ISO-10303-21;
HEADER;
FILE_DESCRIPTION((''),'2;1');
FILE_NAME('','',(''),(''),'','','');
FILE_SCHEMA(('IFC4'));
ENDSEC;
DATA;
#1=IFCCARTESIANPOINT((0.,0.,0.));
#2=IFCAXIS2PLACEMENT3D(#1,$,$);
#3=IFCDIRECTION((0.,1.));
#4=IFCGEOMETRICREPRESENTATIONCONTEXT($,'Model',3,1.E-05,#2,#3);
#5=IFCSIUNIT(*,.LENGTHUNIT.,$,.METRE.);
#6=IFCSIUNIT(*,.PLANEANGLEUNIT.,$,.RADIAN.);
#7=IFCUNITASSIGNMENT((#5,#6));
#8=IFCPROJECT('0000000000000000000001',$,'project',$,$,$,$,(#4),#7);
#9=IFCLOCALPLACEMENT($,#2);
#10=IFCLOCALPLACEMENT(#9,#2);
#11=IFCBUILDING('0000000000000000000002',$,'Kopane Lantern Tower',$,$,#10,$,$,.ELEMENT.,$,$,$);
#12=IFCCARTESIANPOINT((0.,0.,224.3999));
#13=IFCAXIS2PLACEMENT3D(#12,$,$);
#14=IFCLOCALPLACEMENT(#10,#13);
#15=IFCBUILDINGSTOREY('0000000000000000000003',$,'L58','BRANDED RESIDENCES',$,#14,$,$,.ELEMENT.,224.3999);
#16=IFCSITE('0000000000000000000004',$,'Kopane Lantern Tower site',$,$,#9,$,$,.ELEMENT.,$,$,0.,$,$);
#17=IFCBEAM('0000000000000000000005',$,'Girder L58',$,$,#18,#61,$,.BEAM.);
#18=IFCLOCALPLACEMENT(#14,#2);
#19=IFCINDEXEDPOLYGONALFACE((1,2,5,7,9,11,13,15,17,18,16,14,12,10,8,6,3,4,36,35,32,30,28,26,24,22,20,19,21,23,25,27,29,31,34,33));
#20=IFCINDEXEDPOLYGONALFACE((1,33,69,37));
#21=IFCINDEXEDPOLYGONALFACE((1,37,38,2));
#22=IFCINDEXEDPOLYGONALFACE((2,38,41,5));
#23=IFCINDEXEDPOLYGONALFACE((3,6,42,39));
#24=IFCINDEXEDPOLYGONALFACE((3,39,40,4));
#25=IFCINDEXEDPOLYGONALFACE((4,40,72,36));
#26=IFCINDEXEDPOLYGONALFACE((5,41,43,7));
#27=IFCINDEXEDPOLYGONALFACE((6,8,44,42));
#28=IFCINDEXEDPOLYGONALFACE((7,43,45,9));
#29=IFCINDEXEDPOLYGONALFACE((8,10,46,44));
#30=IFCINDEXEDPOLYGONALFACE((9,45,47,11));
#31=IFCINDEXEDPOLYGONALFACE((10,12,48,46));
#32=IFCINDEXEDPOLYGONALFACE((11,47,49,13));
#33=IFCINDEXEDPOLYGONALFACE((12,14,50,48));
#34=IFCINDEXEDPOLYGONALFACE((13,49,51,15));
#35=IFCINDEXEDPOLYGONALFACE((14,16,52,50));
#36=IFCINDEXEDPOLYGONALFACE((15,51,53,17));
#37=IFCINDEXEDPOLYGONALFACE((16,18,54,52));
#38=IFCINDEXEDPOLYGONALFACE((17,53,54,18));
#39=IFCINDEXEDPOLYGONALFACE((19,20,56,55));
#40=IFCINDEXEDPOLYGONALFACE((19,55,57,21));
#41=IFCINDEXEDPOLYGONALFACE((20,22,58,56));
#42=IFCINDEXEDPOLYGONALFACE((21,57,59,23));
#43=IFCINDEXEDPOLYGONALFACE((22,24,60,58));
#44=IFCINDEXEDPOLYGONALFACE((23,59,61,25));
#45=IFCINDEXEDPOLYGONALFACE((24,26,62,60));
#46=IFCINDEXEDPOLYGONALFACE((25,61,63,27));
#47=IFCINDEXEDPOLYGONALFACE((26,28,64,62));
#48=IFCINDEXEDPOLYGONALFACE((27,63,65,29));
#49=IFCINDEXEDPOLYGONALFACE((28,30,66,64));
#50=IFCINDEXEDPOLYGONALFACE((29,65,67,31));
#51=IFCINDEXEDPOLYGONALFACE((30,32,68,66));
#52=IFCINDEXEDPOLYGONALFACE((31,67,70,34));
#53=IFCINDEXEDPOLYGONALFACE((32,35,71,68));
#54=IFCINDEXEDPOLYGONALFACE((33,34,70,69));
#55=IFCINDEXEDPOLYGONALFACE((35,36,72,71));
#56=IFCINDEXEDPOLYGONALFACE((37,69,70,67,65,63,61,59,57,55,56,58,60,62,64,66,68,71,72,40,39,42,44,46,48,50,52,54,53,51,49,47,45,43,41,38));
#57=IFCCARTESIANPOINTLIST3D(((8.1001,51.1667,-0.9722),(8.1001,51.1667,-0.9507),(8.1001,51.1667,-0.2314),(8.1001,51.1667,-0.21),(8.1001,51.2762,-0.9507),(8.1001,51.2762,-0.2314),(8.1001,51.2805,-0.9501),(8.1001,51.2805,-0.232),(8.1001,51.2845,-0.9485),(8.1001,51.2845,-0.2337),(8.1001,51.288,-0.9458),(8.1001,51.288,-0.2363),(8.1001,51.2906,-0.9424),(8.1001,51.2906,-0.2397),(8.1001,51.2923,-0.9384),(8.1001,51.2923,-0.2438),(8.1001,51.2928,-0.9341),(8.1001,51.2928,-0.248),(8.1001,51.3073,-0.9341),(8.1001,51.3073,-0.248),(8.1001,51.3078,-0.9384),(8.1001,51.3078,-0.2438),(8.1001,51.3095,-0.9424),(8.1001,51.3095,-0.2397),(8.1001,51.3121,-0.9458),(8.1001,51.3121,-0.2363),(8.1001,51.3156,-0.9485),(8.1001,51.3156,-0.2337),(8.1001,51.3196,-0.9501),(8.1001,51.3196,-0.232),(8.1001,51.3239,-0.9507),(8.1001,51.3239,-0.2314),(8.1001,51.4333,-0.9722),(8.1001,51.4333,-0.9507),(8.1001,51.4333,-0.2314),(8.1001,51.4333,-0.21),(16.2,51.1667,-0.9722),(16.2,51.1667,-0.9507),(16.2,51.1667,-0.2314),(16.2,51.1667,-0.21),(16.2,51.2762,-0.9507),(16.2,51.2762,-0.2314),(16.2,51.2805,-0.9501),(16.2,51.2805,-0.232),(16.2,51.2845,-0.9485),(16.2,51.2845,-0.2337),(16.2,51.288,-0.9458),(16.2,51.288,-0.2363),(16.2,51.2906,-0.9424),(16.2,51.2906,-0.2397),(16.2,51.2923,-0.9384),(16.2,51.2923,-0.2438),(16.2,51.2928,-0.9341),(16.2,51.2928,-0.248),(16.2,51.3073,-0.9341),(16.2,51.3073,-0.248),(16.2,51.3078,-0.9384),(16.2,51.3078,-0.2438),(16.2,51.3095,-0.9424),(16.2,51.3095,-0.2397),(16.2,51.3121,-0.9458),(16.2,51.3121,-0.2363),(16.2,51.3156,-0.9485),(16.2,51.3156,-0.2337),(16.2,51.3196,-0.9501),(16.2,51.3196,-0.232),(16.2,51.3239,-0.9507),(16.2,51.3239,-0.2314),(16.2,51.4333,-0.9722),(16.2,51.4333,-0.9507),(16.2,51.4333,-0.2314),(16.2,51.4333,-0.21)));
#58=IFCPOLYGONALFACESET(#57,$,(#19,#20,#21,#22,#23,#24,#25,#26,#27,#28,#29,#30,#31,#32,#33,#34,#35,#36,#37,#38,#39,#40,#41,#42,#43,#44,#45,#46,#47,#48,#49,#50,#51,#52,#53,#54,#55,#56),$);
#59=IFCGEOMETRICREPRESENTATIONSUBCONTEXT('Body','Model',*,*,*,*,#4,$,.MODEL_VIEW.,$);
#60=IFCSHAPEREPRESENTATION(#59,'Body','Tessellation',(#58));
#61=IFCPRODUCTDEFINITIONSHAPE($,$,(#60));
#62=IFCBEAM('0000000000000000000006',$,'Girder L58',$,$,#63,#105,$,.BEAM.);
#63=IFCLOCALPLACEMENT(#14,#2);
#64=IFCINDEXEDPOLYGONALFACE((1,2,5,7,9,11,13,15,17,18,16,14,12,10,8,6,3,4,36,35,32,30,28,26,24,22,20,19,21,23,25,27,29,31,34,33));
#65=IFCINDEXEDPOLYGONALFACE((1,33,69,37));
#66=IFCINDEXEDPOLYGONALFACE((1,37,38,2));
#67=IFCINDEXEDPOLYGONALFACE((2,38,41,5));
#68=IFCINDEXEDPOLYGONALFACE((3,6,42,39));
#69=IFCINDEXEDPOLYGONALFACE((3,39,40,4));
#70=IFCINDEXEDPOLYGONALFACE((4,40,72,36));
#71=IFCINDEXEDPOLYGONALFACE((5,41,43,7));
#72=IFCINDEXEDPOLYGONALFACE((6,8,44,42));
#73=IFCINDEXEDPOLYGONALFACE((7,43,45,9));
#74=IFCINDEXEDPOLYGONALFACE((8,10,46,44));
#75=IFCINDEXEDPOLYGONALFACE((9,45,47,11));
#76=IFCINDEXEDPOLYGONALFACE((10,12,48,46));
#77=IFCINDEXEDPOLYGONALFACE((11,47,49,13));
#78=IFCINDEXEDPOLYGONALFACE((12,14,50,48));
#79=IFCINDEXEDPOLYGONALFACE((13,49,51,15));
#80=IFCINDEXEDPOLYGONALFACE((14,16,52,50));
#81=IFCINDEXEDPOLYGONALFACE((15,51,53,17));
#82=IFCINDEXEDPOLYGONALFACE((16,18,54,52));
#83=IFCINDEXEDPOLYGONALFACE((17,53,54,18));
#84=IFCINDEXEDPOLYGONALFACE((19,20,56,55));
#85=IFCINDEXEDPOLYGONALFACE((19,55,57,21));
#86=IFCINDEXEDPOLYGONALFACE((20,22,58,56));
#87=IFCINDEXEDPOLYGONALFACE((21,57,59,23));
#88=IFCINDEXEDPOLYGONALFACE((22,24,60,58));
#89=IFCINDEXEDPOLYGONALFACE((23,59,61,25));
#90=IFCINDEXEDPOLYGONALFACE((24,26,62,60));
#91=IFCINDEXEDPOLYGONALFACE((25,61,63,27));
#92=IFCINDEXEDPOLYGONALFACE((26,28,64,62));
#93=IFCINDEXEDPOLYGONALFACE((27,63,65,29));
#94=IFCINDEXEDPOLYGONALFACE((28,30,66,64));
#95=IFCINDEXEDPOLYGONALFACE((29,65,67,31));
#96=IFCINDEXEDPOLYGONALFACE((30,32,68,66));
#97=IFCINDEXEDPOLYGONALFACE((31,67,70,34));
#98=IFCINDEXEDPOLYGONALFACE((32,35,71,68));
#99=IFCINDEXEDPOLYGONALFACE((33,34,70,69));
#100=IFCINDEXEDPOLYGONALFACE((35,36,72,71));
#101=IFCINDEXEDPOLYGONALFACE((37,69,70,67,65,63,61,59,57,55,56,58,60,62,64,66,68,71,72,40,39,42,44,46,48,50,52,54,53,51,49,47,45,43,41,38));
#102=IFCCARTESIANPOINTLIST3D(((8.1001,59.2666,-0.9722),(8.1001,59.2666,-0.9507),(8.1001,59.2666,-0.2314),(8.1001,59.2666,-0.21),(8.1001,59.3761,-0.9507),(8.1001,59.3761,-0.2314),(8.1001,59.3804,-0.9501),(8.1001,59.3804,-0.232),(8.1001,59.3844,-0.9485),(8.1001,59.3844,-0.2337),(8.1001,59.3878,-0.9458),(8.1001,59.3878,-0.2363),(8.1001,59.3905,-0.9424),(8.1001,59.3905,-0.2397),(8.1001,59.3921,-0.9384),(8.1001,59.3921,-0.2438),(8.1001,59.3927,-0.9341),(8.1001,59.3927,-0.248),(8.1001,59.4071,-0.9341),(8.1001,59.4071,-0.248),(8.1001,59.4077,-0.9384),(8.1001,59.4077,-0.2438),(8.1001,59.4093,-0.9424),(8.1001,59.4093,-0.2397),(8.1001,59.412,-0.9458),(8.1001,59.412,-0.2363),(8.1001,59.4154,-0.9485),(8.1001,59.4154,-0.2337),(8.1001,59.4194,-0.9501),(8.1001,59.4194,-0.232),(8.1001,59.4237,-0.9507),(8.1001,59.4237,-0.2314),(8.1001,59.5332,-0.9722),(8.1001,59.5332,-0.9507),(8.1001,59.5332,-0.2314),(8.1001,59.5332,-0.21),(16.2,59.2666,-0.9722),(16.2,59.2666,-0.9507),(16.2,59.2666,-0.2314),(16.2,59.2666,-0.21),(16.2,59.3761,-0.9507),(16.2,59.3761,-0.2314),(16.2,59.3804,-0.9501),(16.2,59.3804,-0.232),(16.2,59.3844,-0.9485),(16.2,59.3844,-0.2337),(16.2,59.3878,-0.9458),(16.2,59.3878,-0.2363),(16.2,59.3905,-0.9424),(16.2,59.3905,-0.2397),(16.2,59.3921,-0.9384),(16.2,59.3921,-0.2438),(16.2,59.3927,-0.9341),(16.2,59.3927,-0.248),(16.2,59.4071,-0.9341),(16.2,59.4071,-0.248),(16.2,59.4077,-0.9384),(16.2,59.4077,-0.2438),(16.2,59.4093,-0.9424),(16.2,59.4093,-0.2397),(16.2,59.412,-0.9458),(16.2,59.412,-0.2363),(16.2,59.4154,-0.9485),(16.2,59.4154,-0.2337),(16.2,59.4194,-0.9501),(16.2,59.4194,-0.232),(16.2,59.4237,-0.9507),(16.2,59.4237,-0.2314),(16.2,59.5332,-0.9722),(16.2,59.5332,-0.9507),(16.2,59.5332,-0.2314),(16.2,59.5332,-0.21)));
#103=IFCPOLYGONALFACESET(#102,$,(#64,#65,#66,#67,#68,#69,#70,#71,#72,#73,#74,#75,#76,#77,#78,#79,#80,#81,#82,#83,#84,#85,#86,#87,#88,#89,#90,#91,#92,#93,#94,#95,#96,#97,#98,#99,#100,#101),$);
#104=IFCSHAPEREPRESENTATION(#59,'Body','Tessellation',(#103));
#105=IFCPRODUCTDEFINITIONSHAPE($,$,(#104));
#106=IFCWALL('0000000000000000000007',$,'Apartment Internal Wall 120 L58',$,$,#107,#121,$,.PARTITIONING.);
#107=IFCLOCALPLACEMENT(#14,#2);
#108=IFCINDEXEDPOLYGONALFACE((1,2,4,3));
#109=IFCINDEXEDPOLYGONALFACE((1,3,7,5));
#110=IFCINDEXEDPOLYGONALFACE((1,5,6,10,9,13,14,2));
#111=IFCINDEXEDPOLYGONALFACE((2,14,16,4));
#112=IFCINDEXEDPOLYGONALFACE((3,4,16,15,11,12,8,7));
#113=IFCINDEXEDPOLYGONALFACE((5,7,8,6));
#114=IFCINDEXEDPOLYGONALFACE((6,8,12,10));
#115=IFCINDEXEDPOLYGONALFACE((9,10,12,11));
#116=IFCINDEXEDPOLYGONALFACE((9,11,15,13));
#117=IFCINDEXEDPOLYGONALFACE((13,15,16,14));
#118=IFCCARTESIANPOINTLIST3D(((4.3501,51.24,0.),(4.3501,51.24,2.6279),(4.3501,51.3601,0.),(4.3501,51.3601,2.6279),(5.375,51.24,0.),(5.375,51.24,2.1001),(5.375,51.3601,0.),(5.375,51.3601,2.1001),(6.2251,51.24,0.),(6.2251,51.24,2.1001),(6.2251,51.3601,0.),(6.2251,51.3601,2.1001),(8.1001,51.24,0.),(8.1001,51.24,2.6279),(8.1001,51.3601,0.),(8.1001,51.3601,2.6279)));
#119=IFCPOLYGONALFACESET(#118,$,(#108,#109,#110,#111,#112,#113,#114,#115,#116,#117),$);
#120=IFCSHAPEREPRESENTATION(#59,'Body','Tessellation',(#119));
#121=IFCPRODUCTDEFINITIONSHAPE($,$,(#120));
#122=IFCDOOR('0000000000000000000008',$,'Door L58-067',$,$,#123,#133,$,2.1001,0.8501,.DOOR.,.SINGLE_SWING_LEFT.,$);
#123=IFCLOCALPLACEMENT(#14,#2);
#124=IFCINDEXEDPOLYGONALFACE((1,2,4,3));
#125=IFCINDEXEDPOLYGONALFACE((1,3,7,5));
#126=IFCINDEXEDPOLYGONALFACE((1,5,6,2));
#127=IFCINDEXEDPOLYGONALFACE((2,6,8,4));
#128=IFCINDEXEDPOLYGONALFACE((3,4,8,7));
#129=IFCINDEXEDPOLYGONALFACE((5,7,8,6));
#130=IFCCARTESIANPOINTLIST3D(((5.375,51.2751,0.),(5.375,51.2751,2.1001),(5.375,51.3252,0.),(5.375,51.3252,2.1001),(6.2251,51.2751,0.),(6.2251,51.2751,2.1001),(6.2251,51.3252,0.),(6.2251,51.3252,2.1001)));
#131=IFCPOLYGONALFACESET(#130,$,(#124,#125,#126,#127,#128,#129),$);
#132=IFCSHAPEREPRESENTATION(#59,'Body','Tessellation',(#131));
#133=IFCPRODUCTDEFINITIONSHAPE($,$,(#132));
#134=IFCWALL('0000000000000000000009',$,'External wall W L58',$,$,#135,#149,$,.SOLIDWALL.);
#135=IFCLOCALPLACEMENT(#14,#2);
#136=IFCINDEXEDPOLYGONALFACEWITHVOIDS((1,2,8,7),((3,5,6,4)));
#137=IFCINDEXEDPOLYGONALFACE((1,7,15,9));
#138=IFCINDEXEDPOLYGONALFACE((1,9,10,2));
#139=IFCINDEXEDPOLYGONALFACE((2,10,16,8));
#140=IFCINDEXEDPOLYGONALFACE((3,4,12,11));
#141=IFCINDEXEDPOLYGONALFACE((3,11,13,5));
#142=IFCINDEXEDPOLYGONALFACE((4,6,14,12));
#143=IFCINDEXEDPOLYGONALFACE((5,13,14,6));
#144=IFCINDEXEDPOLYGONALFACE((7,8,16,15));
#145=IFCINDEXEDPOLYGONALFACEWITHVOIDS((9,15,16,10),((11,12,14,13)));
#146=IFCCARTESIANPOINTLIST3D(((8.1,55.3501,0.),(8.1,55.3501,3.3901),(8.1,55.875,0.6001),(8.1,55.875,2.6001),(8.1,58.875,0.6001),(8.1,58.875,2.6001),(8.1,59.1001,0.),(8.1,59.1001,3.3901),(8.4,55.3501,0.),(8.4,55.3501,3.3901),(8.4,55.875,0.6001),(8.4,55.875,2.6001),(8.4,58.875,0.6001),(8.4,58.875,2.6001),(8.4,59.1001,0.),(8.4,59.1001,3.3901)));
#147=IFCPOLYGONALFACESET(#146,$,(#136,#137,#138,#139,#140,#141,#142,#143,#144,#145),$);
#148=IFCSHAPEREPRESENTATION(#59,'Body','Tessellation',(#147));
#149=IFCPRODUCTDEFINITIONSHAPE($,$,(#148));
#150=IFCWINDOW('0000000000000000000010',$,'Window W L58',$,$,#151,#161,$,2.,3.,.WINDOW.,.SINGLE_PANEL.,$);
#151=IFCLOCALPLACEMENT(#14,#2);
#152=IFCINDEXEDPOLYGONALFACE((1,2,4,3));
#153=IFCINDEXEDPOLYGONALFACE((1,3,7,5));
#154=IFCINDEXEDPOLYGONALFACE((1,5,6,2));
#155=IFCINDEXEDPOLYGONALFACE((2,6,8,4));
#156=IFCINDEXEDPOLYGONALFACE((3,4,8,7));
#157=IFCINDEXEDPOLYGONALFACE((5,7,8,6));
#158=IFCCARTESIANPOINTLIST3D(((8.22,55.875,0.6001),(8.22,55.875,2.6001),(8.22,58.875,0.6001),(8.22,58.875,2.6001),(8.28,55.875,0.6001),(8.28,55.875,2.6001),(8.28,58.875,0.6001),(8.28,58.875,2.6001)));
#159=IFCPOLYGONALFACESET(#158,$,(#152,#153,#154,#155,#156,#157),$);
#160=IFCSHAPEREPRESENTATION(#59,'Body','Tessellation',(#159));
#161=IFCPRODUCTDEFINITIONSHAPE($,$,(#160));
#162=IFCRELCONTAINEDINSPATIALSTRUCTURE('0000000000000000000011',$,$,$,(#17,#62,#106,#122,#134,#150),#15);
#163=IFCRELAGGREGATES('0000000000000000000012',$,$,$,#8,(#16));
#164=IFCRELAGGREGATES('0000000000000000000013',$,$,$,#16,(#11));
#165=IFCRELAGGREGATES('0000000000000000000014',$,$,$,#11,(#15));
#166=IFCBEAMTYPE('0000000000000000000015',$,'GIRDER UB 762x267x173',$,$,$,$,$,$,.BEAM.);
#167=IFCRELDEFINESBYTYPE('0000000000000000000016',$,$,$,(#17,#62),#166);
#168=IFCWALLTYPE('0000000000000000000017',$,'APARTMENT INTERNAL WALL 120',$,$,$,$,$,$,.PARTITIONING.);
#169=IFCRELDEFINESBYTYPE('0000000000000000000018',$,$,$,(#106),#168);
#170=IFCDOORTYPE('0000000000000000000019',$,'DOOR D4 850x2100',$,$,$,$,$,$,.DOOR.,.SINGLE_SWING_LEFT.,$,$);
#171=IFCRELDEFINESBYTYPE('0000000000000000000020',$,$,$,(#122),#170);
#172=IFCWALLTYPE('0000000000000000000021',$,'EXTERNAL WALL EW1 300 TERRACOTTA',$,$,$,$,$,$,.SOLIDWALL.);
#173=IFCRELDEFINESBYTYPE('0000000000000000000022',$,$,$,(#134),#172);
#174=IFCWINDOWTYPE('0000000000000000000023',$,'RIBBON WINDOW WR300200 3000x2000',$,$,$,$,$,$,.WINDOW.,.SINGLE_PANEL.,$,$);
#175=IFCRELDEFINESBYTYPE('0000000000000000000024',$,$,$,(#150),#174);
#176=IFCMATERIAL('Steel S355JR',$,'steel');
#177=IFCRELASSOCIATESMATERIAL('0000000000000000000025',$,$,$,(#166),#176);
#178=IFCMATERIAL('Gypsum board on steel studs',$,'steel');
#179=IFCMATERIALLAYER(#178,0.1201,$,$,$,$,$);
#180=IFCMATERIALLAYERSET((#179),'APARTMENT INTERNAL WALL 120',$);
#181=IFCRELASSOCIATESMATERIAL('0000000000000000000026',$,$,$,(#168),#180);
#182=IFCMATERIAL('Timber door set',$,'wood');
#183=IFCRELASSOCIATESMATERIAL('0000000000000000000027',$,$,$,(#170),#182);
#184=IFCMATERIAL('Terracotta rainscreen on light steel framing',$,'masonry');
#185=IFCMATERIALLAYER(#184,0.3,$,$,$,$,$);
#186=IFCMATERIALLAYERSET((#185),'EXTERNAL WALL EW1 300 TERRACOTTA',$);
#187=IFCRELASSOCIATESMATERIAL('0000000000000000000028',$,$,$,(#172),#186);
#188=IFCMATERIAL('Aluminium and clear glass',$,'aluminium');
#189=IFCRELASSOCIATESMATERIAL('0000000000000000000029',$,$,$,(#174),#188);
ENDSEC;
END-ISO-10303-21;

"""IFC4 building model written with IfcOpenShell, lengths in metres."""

from ifc_helpers import new_model, si_unit, direction, frame, frame_2d, origin, origin_2d, place, context, subcontext, project, spatial, rectangle, i_section, extrude, material, layer, layer_set, material_profile, profile_set, type_object, element, fill, save


model = new_model("IFC4")

# Units and contexts
model_context = context("Model", 3, precision=1e-05, world=origin(), true_north=direction((0.0, 1.0)))
body_context = subcontext(model_context, "Body", "Model", "MODEL_VIEW")
ifc_project = project(units=[si_unit("LENGTHUNIT", "METRE"), si_unit("PLANEANGLEUNIT", "RADIAN")], contexts=[model_context])

# Site, building, storey
site_placement = place(None, origin())
site = spatial("IfcSite", under=ifc_project, at=site_placement, Name="Kopane Lantern Tower site", CompositionType="ELEMENT", RefElevation=0.0)
building_placement = place(site_placement, origin())
building = spatial("IfcBuilding", under=site, at=building_placement, Name="Kopane Lantern Tower", CompositionType="ELEMENT")
storey_placement = place(building_placement, frame((0.0, 0.0, 224.3999)))
storey = spatial("IfcBuildingStorey", under=building, at=storey_placement, Name="L58", Description="BRANDED RESIDENCES", CompositionType="ELEMENT", Elevation=224.3999)

# Beams
ifc_material_1 = material(Name="Steel S355JR", Category="steel")
ifc_material_profile_1 = material_profile(ifc_material_1, i_section(OverallWidth=0.2666, OverallDepth=0.7622, WebThickness=0.0144, FlangeThickness=0.0215, FilletRadius=0.0166, at=origin_2d()), Name="UB 762x267x173")
ifc_profile_set_1 = profile_set([ifc_material_profile_1], Name="Steel S355JR")
beam_type_1 = type_object("IfcBeamType", Name="GIRDER UB 762x267x173", PredefinedType="BEAM", material=ifc_profile_set_1)
for number, where, z_axis, x_axis, name in (
    (1, (8.1001, 51.3, -0.5911), (1.0, 0.0, 0.0), (0.0, 1.0, 0.0), "Girder L58"),
    (2, (8.1001, 59.3999, -0.5911), (1.0, 0.0, 0.0), (0.0, 1.0, 0.0), "Girder L58"),
):
    element("IfcBeam", number, at=place(storey_placement, frame(where, z_axis=z_axis, x_axis=x_axis)), inside=storey, type_object=beam_type_1, Name=name, PredefinedType="BEAM", context=body_context, shape_type="SweptSolid", body=[
        extrude(i_section(OverallWidth=0.2666, OverallDepth=0.7622, WebThickness=0.0144, FlangeThickness=0.0215, FilletRadius=0.0166, at=origin_2d()), origin(), (0.0, 0.0, 1.0), 8.0999),
    ])

# Wall, opening, door
ifc_material_2 = material(Name="Gypsum board on steel studs", Category="steel")
ifc_layer_1 = layer(ifc_material_2, 0.1201)
ifc_layer_set_1 = layer_set([ifc_layer_1], Name="APARTMENT INTERNAL WALL 120")
wall_type_1 = type_object("IfcWallType", Name="APARTMENT INTERNAL WALL 120", PredefinedType="PARTITIONING", material=ifc_layer_set_1)
wall_1_placement = place(storey_placement, frame((8.1001, 51.3, 0.0), z_axis=(0.0, 0.0, 1.0), x_axis=(-1.0, 0.0, 0.0)))
wall_1 = element("IfcWall", 3, at=wall_1_placement, inside=storey, type_object=wall_type_1, Name="Apartment Internal Wall 120 L58", PredefinedType="PARTITIONING", context=body_context, shape_type="SweptSolid", body=[
    extrude(rectangle(XDim=3.75, YDim=0.1201, at=frame_2d((1.875, 0.0))), origin(), (0.0, 0.0, 1.0), 2.6279),
])
opening_1_placement = place(wall_1_placement, frame((1.875, 0.0, 0.0)))
opening_1 = element("IfcOpeningElement", 4, at=opening_1_placement, cuts=wall_1, PredefinedType="OPENING", context=body_context, shape_type="SweptSolid", body=[
    extrude(rectangle(XDim=0.8501, YDim=2.1001, at=frame_2d((0.425, 1.05))), frame((0.0, 0.0701, 0.0), z_axis=(0.0, -1.0, 0.0), x_axis=(1.0, 0.0, 0.0)), (0.0, 0.0, 1.0), 0.1401),
])
ifc_material_3 = material(Name="Timber door set", Category="wood")
door_type = type_object("IfcDoorType", Name="DOOR D4 850x2100", OperationType="SINGLE_SWING_LEFT", PredefinedType="DOOR", material=ifc_material_3)
door_placement = place(opening_1_placement, origin())
door = element("IfcDoor", 5, at=door_placement, inside=storey, type_object=door_type, Name="Door L58-067", OperationType="SINGLE_SWING_LEFT", OverallHeight=2.1001, OverallWidth=0.8501, PredefinedType="DOOR", context=body_context, shape_type="SweptSolid", body=[
    extrude(rectangle(XDim=0.8501, YDim=2.1001, at=frame_2d((0.425, 1.05))), frame((0.0, 0.0249, 0.0), z_axis=(0.0, -1.0, 0.0), x_axis=(1.0, 0.0, 0.0)), (0.0, 0.0, 1.0), 0.05),
])
fill(opening_1, door)

# Wall, opening, window
ifc_material_4 = material(Name="Terracotta rainscreen on light steel framing", Category="masonry")
ifc_layer_2 = layer(ifc_material_4, 0.3)
ifc_layer_set_2 = layer_set([ifc_layer_2], Name="EXTERNAL WALL EW1 300 TERRACOTTA")
wall_type_2 = type_object("IfcWallType", Name="EXTERNAL WALL EW1 300 TERRACOTTA", PredefinedType="SOLIDWALL", material=ifc_layer_set_2)
wall_2_placement = place(storey_placement, frame((8.25, 59.1001, 0.0), z_axis=(0.0, 0.0, 1.0), x_axis=(0.0, -1.0, 0.0)))
wall_2 = element("IfcWall", 6, at=wall_2_placement, inside=storey, type_object=wall_type_2, Name="External wall W L58", PredefinedType="SOLIDWALL", context=body_context, shape_type="SweptSolid", body=[
    extrude(rectangle(XDim=3.75, YDim=0.3, at=frame_2d((1.875, 0.0))), origin(), (0.0, 0.0, 1.0), 3.3901),
])
opening_2_placement = place(wall_2_placement, frame((0.2251, 0.0, 0.6001)))
opening_2 = element("IfcOpeningElement", 7, at=opening_2_placement, cuts=wall_2, PredefinedType="OPENING", context=body_context, shape_type="SweptSolid", body=[
    extrude(rectangle(XDim=3.0, YDim=2.0, at=frame_2d((1.5, 1.0))), frame((0.0, 0.1599, 0.0), z_axis=(0.0, -1.0, 0.0), x_axis=(1.0, 0.0, 0.0)), (0.0, 0.0, 1.0), 0.3201),
])
ifc_material_5 = material(Name="Aluminium and clear glass", Category="aluminium")
window_type = type_object("IfcWindowType", Name="RIBBON WINDOW WR300200 3000x2000", PartitioningType="SINGLE_PANEL", PredefinedType="WINDOW", material=ifc_material_5)
window_1_placement = place(opening_2_placement, origin())
window_1 = element("IfcWindow", 8, at=window_1_placement, inside=storey, type_object=window_type, Name="Window W L58", OverallHeight=2.0, OverallWidth=3.0, PartitioningType="SINGLE_PANEL", PredefinedType="WINDOW", context=body_context, shape_type="SweptSolid", body=[
    extrude(rectangle(XDim=3.0, YDim=2.0, at=frame_2d((1.5, 1.0))), frame((0.0, 0.03, 0.0), z_axis=(0.0, -1.0, 0.0), x_axis=(1.0, 0.0, 0.0)), (0.0, 0.0, 1.0), 0.0601),
])
fill(opening_2, window_1)

save(model, "model.ifc")
